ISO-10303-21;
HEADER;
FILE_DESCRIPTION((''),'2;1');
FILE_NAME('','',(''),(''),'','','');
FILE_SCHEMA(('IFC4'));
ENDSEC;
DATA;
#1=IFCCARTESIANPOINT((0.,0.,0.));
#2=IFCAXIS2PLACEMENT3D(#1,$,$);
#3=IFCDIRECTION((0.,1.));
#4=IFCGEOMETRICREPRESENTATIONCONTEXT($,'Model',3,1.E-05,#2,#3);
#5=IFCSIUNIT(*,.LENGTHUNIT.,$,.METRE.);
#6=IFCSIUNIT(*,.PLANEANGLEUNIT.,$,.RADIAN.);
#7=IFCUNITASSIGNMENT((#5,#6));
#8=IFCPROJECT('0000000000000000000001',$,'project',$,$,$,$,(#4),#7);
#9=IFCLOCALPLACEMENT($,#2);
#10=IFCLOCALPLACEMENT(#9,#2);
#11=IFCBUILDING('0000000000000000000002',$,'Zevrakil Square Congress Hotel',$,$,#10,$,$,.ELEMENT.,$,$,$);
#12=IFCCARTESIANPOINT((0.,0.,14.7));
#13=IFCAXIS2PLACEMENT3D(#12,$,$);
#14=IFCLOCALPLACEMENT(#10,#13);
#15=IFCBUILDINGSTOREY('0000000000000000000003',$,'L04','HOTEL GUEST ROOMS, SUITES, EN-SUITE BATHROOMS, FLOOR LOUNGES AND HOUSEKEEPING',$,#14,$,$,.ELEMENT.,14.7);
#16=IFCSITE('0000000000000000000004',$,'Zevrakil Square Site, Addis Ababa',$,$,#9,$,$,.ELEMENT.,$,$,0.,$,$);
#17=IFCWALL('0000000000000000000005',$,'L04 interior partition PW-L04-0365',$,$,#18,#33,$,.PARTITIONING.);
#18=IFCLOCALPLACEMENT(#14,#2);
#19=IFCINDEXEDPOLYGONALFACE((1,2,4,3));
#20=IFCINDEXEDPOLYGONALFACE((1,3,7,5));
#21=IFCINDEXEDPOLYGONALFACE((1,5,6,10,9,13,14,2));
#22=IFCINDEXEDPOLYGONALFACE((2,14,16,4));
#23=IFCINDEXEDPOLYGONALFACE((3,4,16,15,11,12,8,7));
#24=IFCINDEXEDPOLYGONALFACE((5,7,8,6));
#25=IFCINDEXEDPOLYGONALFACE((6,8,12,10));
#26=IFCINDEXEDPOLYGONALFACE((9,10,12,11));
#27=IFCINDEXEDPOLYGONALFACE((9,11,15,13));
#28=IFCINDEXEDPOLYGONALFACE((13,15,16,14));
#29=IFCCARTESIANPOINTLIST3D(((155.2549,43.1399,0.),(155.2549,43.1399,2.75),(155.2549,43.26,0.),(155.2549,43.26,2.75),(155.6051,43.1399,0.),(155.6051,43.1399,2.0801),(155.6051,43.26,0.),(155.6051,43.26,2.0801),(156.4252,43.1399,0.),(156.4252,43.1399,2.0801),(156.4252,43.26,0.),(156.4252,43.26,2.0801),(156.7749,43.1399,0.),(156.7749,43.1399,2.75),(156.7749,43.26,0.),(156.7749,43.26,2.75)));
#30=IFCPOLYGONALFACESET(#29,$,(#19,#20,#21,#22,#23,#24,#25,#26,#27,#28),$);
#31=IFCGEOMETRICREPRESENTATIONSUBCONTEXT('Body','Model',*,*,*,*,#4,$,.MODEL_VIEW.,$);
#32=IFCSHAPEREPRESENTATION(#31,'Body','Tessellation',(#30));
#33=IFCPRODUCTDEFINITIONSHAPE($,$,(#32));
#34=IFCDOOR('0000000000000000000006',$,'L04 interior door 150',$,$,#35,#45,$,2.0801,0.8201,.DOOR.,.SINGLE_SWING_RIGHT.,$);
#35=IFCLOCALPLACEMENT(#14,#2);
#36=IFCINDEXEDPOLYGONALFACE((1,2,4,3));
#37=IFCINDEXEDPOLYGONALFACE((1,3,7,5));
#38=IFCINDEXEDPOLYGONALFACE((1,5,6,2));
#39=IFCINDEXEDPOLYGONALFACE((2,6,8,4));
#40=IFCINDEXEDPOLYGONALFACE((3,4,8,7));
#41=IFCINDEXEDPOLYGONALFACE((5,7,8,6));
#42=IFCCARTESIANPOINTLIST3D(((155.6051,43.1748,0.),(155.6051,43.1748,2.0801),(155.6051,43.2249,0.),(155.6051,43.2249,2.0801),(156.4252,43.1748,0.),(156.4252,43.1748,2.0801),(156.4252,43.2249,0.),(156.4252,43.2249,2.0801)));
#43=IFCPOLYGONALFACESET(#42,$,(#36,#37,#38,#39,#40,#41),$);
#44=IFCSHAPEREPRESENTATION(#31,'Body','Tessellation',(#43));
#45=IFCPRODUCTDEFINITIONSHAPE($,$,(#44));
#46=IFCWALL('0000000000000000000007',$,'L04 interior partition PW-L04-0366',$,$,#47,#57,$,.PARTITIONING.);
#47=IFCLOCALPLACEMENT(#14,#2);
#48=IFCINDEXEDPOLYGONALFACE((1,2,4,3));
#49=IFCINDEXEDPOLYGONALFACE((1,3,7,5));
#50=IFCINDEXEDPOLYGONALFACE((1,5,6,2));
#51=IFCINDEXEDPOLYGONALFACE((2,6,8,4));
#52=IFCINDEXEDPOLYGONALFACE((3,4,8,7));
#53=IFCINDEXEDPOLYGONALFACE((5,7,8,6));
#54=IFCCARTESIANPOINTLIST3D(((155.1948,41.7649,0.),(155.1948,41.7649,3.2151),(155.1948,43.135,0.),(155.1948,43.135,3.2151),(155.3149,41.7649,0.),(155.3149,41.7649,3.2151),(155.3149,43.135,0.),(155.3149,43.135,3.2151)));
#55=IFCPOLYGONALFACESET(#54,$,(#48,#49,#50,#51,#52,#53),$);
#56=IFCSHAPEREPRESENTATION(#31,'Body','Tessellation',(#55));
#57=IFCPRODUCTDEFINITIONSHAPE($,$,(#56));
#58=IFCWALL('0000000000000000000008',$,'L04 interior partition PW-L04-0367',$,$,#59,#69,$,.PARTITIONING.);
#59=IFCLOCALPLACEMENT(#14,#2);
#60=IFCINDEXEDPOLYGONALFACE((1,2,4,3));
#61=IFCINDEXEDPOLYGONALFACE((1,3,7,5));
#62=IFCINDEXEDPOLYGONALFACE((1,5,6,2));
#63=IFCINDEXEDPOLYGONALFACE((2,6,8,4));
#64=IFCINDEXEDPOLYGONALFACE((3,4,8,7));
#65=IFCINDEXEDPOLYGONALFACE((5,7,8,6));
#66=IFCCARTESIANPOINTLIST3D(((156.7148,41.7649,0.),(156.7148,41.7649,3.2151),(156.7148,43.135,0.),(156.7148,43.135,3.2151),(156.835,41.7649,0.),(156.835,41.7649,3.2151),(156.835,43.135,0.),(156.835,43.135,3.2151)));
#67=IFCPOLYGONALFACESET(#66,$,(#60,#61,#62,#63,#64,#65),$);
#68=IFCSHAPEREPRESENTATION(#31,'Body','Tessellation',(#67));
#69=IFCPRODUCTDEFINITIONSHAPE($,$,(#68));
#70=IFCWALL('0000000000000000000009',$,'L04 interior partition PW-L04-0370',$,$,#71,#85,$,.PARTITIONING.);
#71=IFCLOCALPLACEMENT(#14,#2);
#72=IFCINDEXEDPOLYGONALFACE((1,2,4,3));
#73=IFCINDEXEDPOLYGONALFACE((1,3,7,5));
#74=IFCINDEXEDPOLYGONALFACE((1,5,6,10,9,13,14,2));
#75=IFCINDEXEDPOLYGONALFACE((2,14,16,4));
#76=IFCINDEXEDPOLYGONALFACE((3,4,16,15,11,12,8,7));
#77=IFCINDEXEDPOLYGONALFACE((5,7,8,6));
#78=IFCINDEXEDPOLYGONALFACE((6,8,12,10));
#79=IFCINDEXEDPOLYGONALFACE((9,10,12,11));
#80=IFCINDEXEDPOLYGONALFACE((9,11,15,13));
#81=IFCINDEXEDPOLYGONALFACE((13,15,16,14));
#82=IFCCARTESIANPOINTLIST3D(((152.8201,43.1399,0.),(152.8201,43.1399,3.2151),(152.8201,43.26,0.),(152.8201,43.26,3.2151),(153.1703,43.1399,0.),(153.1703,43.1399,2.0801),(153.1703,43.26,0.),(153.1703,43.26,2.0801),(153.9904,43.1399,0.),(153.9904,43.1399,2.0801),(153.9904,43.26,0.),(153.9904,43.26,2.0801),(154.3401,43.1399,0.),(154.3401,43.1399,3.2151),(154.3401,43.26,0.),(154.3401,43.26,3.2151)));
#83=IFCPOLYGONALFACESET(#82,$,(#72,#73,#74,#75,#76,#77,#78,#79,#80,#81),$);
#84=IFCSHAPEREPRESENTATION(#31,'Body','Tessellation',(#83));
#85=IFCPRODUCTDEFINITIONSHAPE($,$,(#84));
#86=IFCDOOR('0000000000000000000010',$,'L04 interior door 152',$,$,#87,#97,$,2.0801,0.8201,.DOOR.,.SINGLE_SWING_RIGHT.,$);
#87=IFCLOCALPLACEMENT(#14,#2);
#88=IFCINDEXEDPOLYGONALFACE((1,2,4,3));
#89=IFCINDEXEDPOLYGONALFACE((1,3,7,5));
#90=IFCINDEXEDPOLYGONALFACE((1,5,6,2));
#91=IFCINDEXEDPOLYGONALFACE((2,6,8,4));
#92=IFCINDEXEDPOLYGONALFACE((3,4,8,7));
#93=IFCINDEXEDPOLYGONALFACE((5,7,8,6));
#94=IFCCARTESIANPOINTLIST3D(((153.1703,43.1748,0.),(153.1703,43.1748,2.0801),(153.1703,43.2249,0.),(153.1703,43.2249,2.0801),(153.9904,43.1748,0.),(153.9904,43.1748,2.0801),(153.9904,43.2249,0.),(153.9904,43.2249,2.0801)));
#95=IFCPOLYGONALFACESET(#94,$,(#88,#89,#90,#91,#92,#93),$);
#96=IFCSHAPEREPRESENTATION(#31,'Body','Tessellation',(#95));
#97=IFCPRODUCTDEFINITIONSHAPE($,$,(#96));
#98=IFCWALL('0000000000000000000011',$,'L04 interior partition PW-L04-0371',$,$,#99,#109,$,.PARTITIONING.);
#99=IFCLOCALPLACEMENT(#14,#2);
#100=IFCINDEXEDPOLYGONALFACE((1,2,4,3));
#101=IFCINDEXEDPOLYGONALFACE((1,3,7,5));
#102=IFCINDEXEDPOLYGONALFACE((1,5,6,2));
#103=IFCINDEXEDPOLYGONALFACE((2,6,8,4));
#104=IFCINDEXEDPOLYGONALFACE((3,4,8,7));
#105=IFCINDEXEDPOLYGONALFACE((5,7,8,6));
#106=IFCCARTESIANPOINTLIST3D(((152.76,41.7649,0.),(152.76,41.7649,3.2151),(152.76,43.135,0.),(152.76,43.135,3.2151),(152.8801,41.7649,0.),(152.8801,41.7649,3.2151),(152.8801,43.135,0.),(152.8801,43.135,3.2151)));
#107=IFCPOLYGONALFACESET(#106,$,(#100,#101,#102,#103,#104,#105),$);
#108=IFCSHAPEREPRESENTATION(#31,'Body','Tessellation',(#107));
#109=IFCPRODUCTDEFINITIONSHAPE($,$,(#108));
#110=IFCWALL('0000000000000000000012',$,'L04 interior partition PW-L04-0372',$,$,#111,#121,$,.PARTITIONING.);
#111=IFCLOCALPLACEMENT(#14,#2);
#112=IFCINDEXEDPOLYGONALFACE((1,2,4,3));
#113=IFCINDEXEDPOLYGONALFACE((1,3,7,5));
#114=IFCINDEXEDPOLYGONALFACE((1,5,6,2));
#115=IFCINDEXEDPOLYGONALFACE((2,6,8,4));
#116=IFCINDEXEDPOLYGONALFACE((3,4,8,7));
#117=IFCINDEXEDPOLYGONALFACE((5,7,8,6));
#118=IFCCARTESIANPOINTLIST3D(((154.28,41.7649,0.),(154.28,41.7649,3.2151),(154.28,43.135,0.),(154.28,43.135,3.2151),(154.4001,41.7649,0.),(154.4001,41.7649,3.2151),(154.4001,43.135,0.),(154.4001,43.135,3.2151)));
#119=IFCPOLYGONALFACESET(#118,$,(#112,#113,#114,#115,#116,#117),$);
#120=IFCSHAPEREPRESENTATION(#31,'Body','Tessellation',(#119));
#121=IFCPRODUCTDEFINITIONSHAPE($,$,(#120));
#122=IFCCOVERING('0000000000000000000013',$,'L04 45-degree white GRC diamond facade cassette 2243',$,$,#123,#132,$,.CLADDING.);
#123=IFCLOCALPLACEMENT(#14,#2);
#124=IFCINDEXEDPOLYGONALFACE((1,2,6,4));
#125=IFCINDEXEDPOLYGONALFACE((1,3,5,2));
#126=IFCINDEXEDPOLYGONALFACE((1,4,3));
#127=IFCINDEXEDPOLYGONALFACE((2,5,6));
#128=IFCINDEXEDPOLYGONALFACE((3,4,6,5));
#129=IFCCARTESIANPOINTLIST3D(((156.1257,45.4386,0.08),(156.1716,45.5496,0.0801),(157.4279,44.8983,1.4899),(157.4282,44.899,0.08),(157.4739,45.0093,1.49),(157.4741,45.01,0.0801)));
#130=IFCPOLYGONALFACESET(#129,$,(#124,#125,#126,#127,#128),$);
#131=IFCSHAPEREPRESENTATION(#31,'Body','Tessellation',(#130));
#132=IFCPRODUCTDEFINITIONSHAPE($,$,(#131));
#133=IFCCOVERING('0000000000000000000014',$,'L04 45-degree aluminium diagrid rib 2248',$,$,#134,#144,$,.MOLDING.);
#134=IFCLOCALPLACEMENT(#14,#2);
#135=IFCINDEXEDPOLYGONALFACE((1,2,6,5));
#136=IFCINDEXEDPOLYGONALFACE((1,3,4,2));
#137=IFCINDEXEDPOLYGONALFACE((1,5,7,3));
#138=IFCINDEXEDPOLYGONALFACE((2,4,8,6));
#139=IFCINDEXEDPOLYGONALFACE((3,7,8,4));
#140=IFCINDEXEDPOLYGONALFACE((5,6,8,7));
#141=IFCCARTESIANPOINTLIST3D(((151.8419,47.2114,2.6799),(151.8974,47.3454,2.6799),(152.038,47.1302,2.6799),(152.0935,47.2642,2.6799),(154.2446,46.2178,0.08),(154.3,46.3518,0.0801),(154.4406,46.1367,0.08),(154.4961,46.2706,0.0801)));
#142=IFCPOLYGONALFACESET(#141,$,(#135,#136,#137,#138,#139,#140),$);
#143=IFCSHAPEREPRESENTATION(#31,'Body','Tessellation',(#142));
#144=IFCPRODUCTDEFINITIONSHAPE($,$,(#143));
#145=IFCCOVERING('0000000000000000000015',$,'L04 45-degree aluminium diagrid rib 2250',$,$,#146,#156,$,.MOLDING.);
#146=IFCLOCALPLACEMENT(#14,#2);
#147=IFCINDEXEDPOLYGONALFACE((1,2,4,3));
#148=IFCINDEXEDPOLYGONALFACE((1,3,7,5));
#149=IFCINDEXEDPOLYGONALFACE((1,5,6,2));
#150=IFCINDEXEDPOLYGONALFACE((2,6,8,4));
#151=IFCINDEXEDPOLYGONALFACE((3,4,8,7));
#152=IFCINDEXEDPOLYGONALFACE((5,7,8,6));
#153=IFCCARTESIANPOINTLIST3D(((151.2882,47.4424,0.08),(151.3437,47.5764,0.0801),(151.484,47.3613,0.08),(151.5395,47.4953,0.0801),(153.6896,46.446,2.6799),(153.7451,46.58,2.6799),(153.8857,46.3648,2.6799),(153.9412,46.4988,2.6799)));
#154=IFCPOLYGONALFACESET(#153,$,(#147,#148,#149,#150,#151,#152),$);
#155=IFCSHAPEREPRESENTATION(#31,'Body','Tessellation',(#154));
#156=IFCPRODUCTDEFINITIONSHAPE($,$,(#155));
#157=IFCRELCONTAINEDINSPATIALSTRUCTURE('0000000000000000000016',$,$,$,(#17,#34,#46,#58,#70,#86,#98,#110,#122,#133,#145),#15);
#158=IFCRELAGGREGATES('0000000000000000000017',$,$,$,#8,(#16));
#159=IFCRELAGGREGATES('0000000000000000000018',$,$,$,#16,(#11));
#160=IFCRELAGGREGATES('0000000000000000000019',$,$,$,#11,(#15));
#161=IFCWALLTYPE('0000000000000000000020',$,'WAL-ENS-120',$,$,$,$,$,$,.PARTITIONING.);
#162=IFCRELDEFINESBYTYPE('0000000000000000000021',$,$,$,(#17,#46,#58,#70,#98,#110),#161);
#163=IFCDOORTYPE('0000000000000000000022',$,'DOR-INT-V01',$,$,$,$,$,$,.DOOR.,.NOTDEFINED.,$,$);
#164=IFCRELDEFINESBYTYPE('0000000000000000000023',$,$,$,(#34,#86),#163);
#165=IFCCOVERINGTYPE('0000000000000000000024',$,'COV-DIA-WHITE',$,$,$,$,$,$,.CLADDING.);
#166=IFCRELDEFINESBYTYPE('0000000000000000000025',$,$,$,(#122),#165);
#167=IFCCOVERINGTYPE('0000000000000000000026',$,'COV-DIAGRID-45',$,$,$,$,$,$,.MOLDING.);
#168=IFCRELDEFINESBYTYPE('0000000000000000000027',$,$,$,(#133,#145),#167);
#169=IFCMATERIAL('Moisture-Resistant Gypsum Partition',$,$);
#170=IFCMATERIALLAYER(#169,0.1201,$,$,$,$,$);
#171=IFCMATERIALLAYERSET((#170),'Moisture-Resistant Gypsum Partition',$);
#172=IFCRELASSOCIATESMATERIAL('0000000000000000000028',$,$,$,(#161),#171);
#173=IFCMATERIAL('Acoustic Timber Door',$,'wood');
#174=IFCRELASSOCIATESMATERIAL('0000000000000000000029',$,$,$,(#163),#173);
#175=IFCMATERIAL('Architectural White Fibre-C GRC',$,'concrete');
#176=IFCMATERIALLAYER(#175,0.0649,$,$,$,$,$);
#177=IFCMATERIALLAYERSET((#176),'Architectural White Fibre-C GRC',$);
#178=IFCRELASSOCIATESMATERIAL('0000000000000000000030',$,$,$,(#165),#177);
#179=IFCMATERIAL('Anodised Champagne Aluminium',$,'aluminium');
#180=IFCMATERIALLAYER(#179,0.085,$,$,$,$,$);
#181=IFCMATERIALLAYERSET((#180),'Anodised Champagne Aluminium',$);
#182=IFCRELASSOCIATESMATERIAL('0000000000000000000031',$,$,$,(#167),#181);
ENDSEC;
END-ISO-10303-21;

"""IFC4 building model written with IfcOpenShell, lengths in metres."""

from ifc_helpers import new_model, si_unit, direction, frame, frame_2d, origin, place, context, subcontext, project, spatial, polyline, rectangle, outline, extrude, material, layer, layer_set, type_object, element, fill, save


model = new_model("IFC4")

# Units and contexts
model_context = context("Model", 3, precision=1e-05, world=origin(), true_north=direction((0.0, 1.0)))
body_context = subcontext(model_context, "Body", "Model", "MODEL_VIEW")
ifc_project = project(units=[si_unit("LENGTHUNIT", "METRE"), si_unit("PLANEANGLEUNIT", "RADIAN")], contexts=[model_context])

# Site, building, storey
site_placement = place(None, origin())
site = spatial("IfcSite", under=ifc_project, at=site_placement, Name="Zevrakil Square Site, Addis Ababa", CompositionType="ELEMENT", RefElevation=0.0)
building_placement = place(site_placement, origin())
building = spatial("IfcBuilding", under=site, at=building_placement, Name="Zevrakil Square Congress Hotel", CompositionType="ELEMENT")
storey_placement = place(building_placement, frame((0.0, 0.0, 14.7)))
storey = spatial("IfcBuildingStorey", under=building, at=storey_placement, Name="L04", Description="HOTEL GUEST ROOMS, SUITES, EN-SUITE BATHROOMS, FLOOR LOUNGES AND HOUSEKEEPING", CompositionType="ELEMENT", Elevation=14.7)

# Shared definitions
ifc_material_1 = material(Name="Moisture-Resistant Gypsum Partition")
ifc_layer_1 = layer(ifc_material_1, 0.1201)
ifc_layer_set_1 = layer_set([ifc_layer_1], Name="Moisture-Resistant Gypsum Partition")
wall_type_1 = type_object("IfcWallType", Name="WAL-ENS-120", PredefinedType="PARTITIONING", material=ifc_layer_set_1)

# Wall, opening, door
wall_1_placement = place(storey_placement, frame((155.2549, 43.2, 0.0), z_axis=(0.0, 0.0, 1.0), x_axis=(1.0, 0.0, 0.0)))
wall_1 = element("IfcWall", 1, at=wall_1_placement, inside=storey, type_object=wall_type_1, Name="L04 interior partition PW-L04-0365", PredefinedType="PARTITIONING", context=body_context, shape_type="SweptSolid", body=[
    extrude(rectangle(XDim=1.52, YDim=0.1201, at=frame_2d((0.76, 0.0))), origin(), (0.0, 0.0, 1.0), 2.75),
])
opening_1_placement = place(wall_1_placement, frame((0.3501, 0.0, 0.0)))
opening_1 = element("IfcOpeningElement", 2, at=opening_1_placement, cuts=wall_1, PredefinedType="OPENING", context=body_context, shape_type="SweptSolid", body=[
    extrude(rectangle(XDim=0.8201, YDim=2.0801, at=frame_2d((0.4102, 1.04))), frame((0.0, 0.0701, 0.0), z_axis=(0.0, -1.0, 0.0), x_axis=(1.0, 0.0, 0.0)), (0.0, 0.0, 1.0), 0.1401),
])
ifc_material_2 = material(Name="Acoustic Timber Door", Category="wood")
door_type_1 = type_object("IfcDoorType", Name="DOR-INT-V01", OperationType="NOTDEFINED", PredefinedType="DOOR", material=ifc_material_2)
door_1_placement = place(opening_1_placement, origin())
door_1 = element("IfcDoor", 3, at=door_1_placement, inside=storey, type_object=door_type_1, Name="L04 interior door 150", OperationType="SINGLE_SWING_RIGHT", OverallHeight=2.0801, OverallWidth=0.8201, PredefinedType="DOOR", context=body_context, shape_type="SweptSolid", body=[
    extrude(rectangle(XDim=0.8201, YDim=2.0801, at=frame_2d((0.4102, 1.04))), frame((0.0, 0.0249, 0.0), z_axis=(0.0, -1.0, 0.0), x_axis=(1.0, 0.0, 0.0)), (0.0, 0.0, 1.0), 0.05),
])
fill(opening_1, door_1)

# Walls
for number, where, z_axis, x_axis, name in (
    (4, (155.2549, 41.7649, 0.0), (0.0, 0.0, 1.0), (0.0, 1.0, 0.0), "L04 interior partition PW-L04-0366"),
    (5, (156.7749, 41.7649, 0.0), (0.0, 0.0, 1.0), (0.0, 1.0, 0.0), "L04 interior partition PW-L04-0367"),
):
    element("IfcWall", number, at=place(storey_placement, frame(where, z_axis=z_axis, x_axis=x_axis)), inside=storey, type_object=wall_type_1, Name=name, PredefinedType="PARTITIONING", context=body_context, shape_type="SweptSolid", body=[
        extrude(rectangle(XDim=1.3701, YDim=0.1201, at=frame_2d((0.6851, 0.0))), origin(), (0.0, 0.0, 1.0), 3.2151),
    ])

# Wall, opening, door
wall_2_placement = place(storey_placement, frame((152.8201, 43.2, 0.0), z_axis=(0.0, 0.0, 1.0), x_axis=(1.0, 0.0, 0.0)))
wall_2 = element("IfcWall", 6, at=wall_2_placement, inside=storey, type_object=wall_type_1, Name="L04 interior partition PW-L04-0370", PredefinedType="PARTITIONING", context=body_context, shape_type="SweptSolid", body=[
    extrude(rectangle(XDim=1.52, YDim=0.1201, at=frame_2d((0.76, 0.0))), origin(), (0.0, 0.0, 1.0), 3.2151),
])
opening_2_placement = place(wall_2_placement, frame((0.3501, 0.0, 0.0)))
opening_2 = element("IfcOpeningElement", 7, at=opening_2_placement, cuts=wall_2, PredefinedType="OPENING", context=body_context, shape_type="SweptSolid", body=[
    extrude(rectangle(XDim=0.8201, YDim=2.0801, at=frame_2d((0.4102, 1.04))), frame((0.0, 0.0701, 0.0), z_axis=(0.0, -1.0, 0.0), x_axis=(1.0, 0.0, 0.0)), (0.0, 0.0, 1.0), 0.1401),
])
door_2_placement = place(opening_2_placement, origin())
door_2 = element("IfcDoor", 8, at=door_2_placement, inside=storey, type_object=door_type_1, Name="L04 interior door 152", OperationType="SINGLE_SWING_RIGHT", OverallHeight=2.0801, OverallWidth=0.8201, PredefinedType="DOOR", context=body_context, shape_type="SweptSolid", body=[
    extrude(rectangle(XDim=0.8201, YDim=2.0801, at=frame_2d((0.4102, 1.04))), frame((0.0, 0.0249, 0.0), z_axis=(0.0, -1.0, 0.0), x_axis=(1.0, 0.0, 0.0)), (0.0, 0.0, 1.0), 0.05),
])
fill(opening_2, door_2)

# Walls
for number, where, z_axis, x_axis, name in (
    (9, (152.8201, 41.7649, 0.0), (0.0, 0.0, 1.0), (0.0, 1.0, 0.0), "L04 interior partition PW-L04-0371"),
    (10, (154.3401, 41.7649, 0.0), (0.0, 0.0, 1.0), (0.0, 1.0, 0.0), "L04 interior partition PW-L04-0372"),
):
    element("IfcWall", number, at=place(storey_placement, frame(where, z_axis=z_axis, x_axis=x_axis)), inside=storey, type_object=wall_type_1, Name=name, PredefinedType="PARTITIONING", context=body_context, shape_type="SweptSolid", body=[
        extrude(rectangle(XDim=1.3701, YDim=0.1201, at=frame_2d((0.6851, 0.0))), origin(), (0.0, 0.0, 1.0), 3.2151),
    ])

# Coverings
ifc_material_3 = material(Name="Architectural White Fibre-C GRC", Category="concrete")
ifc_layer_2 = layer(ifc_material_3, 0.0649)
ifc_layer_set_2 = layer_set([ifc_layer_2], Name="Architectural White Fibre-C GRC")
covering_type_1 = type_object("IfcCoveringType", Name="COV-DIA-WHITE", PredefinedType="CLADDING", material=ifc_layer_set_2)
covering_1_placement = place(storey_placement, frame((156.1716, 45.5496, 0.0801), z_axis=(0.382709, 0.923869, 0.000546), x_axis=(0.923869, -0.382709, 0.0)))
element("IfcCovering", 11, at=covering_1_placement, inside=storey, type_object=covering_type_1, Name="L04 45-degree white GRC diamond facade cassette 2243", PredefinedType="CLADDING", context=body_context, shape_type="SweptSolid", body=[
    extrude(outline(polyline([(0.0, 0.0), (1.4098, 0.0), (1.4099, -1.4099), (0.0, 0.0)])), origin(), (0.0, 0.0, -1.0), 0.1201),
])
ifc_material_4 = material(Name="Anodised Champagne Aluminium", Category="aluminium")
ifc_layer_3 = layer(ifc_material_4, 0.085)
ifc_layer_set_3 = layer_set([ifc_layer_3], Name="Anodised Champagne Aluminium")
covering_type_2 = type_object("IfcCoveringType", Name="COV-DIAGRID-45", PredefinedType="MOLDING", material=ifc_layer_set_3)
covering_2_placement = place(storey_placement, frame((154.3, 46.3518, 0.0801), z_axis=(0.382572, 0.923926, 0.000467), x_axis=(0.923926, -0.382572, 0.0)))
element("IfcCovering", 12, at=covering_2_placement, inside=storey, type_object=covering_type_2, Name="L04 45-degree aluminium diagrid rib 2248", PredefinedType="MOLDING", context=body_context, shape_type="SweptSolid", body=[
    extrude(outline(polyline([(0.0, 0.0), (0.2121, 0.0), (-2.3877, -2.5999), (-2.6, -2.5999), (0.0, 0.0)])), origin(), (0.0, 0.0, -1.0), 0.145),
])
covering_3_placement = place(storey_placement, frame((153.9412, 46.4988, 2.6799), z_axis=(0.382775, 0.923841, 0.000515), x_axis=(-0.923841, 0.382775, 0.0)))
element("IfcCovering", 13, at=covering_3_placement, inside=storey, type_object=covering_type_2, Name="L04 45-degree aluminium diagrid rib 2250", PredefinedType="MOLDING", context=body_context, shape_type="SweptSolid", body=[
    extrude(outline(polyline([(0.0, 0.0), (0.2122, 0.0), (2.8121, -2.5999), (2.6002, -2.5999), (0.0, 0.0)])), origin(), (0.0, 0.0, -1.0), 0.145),
])

save(model, "model.ifc")
